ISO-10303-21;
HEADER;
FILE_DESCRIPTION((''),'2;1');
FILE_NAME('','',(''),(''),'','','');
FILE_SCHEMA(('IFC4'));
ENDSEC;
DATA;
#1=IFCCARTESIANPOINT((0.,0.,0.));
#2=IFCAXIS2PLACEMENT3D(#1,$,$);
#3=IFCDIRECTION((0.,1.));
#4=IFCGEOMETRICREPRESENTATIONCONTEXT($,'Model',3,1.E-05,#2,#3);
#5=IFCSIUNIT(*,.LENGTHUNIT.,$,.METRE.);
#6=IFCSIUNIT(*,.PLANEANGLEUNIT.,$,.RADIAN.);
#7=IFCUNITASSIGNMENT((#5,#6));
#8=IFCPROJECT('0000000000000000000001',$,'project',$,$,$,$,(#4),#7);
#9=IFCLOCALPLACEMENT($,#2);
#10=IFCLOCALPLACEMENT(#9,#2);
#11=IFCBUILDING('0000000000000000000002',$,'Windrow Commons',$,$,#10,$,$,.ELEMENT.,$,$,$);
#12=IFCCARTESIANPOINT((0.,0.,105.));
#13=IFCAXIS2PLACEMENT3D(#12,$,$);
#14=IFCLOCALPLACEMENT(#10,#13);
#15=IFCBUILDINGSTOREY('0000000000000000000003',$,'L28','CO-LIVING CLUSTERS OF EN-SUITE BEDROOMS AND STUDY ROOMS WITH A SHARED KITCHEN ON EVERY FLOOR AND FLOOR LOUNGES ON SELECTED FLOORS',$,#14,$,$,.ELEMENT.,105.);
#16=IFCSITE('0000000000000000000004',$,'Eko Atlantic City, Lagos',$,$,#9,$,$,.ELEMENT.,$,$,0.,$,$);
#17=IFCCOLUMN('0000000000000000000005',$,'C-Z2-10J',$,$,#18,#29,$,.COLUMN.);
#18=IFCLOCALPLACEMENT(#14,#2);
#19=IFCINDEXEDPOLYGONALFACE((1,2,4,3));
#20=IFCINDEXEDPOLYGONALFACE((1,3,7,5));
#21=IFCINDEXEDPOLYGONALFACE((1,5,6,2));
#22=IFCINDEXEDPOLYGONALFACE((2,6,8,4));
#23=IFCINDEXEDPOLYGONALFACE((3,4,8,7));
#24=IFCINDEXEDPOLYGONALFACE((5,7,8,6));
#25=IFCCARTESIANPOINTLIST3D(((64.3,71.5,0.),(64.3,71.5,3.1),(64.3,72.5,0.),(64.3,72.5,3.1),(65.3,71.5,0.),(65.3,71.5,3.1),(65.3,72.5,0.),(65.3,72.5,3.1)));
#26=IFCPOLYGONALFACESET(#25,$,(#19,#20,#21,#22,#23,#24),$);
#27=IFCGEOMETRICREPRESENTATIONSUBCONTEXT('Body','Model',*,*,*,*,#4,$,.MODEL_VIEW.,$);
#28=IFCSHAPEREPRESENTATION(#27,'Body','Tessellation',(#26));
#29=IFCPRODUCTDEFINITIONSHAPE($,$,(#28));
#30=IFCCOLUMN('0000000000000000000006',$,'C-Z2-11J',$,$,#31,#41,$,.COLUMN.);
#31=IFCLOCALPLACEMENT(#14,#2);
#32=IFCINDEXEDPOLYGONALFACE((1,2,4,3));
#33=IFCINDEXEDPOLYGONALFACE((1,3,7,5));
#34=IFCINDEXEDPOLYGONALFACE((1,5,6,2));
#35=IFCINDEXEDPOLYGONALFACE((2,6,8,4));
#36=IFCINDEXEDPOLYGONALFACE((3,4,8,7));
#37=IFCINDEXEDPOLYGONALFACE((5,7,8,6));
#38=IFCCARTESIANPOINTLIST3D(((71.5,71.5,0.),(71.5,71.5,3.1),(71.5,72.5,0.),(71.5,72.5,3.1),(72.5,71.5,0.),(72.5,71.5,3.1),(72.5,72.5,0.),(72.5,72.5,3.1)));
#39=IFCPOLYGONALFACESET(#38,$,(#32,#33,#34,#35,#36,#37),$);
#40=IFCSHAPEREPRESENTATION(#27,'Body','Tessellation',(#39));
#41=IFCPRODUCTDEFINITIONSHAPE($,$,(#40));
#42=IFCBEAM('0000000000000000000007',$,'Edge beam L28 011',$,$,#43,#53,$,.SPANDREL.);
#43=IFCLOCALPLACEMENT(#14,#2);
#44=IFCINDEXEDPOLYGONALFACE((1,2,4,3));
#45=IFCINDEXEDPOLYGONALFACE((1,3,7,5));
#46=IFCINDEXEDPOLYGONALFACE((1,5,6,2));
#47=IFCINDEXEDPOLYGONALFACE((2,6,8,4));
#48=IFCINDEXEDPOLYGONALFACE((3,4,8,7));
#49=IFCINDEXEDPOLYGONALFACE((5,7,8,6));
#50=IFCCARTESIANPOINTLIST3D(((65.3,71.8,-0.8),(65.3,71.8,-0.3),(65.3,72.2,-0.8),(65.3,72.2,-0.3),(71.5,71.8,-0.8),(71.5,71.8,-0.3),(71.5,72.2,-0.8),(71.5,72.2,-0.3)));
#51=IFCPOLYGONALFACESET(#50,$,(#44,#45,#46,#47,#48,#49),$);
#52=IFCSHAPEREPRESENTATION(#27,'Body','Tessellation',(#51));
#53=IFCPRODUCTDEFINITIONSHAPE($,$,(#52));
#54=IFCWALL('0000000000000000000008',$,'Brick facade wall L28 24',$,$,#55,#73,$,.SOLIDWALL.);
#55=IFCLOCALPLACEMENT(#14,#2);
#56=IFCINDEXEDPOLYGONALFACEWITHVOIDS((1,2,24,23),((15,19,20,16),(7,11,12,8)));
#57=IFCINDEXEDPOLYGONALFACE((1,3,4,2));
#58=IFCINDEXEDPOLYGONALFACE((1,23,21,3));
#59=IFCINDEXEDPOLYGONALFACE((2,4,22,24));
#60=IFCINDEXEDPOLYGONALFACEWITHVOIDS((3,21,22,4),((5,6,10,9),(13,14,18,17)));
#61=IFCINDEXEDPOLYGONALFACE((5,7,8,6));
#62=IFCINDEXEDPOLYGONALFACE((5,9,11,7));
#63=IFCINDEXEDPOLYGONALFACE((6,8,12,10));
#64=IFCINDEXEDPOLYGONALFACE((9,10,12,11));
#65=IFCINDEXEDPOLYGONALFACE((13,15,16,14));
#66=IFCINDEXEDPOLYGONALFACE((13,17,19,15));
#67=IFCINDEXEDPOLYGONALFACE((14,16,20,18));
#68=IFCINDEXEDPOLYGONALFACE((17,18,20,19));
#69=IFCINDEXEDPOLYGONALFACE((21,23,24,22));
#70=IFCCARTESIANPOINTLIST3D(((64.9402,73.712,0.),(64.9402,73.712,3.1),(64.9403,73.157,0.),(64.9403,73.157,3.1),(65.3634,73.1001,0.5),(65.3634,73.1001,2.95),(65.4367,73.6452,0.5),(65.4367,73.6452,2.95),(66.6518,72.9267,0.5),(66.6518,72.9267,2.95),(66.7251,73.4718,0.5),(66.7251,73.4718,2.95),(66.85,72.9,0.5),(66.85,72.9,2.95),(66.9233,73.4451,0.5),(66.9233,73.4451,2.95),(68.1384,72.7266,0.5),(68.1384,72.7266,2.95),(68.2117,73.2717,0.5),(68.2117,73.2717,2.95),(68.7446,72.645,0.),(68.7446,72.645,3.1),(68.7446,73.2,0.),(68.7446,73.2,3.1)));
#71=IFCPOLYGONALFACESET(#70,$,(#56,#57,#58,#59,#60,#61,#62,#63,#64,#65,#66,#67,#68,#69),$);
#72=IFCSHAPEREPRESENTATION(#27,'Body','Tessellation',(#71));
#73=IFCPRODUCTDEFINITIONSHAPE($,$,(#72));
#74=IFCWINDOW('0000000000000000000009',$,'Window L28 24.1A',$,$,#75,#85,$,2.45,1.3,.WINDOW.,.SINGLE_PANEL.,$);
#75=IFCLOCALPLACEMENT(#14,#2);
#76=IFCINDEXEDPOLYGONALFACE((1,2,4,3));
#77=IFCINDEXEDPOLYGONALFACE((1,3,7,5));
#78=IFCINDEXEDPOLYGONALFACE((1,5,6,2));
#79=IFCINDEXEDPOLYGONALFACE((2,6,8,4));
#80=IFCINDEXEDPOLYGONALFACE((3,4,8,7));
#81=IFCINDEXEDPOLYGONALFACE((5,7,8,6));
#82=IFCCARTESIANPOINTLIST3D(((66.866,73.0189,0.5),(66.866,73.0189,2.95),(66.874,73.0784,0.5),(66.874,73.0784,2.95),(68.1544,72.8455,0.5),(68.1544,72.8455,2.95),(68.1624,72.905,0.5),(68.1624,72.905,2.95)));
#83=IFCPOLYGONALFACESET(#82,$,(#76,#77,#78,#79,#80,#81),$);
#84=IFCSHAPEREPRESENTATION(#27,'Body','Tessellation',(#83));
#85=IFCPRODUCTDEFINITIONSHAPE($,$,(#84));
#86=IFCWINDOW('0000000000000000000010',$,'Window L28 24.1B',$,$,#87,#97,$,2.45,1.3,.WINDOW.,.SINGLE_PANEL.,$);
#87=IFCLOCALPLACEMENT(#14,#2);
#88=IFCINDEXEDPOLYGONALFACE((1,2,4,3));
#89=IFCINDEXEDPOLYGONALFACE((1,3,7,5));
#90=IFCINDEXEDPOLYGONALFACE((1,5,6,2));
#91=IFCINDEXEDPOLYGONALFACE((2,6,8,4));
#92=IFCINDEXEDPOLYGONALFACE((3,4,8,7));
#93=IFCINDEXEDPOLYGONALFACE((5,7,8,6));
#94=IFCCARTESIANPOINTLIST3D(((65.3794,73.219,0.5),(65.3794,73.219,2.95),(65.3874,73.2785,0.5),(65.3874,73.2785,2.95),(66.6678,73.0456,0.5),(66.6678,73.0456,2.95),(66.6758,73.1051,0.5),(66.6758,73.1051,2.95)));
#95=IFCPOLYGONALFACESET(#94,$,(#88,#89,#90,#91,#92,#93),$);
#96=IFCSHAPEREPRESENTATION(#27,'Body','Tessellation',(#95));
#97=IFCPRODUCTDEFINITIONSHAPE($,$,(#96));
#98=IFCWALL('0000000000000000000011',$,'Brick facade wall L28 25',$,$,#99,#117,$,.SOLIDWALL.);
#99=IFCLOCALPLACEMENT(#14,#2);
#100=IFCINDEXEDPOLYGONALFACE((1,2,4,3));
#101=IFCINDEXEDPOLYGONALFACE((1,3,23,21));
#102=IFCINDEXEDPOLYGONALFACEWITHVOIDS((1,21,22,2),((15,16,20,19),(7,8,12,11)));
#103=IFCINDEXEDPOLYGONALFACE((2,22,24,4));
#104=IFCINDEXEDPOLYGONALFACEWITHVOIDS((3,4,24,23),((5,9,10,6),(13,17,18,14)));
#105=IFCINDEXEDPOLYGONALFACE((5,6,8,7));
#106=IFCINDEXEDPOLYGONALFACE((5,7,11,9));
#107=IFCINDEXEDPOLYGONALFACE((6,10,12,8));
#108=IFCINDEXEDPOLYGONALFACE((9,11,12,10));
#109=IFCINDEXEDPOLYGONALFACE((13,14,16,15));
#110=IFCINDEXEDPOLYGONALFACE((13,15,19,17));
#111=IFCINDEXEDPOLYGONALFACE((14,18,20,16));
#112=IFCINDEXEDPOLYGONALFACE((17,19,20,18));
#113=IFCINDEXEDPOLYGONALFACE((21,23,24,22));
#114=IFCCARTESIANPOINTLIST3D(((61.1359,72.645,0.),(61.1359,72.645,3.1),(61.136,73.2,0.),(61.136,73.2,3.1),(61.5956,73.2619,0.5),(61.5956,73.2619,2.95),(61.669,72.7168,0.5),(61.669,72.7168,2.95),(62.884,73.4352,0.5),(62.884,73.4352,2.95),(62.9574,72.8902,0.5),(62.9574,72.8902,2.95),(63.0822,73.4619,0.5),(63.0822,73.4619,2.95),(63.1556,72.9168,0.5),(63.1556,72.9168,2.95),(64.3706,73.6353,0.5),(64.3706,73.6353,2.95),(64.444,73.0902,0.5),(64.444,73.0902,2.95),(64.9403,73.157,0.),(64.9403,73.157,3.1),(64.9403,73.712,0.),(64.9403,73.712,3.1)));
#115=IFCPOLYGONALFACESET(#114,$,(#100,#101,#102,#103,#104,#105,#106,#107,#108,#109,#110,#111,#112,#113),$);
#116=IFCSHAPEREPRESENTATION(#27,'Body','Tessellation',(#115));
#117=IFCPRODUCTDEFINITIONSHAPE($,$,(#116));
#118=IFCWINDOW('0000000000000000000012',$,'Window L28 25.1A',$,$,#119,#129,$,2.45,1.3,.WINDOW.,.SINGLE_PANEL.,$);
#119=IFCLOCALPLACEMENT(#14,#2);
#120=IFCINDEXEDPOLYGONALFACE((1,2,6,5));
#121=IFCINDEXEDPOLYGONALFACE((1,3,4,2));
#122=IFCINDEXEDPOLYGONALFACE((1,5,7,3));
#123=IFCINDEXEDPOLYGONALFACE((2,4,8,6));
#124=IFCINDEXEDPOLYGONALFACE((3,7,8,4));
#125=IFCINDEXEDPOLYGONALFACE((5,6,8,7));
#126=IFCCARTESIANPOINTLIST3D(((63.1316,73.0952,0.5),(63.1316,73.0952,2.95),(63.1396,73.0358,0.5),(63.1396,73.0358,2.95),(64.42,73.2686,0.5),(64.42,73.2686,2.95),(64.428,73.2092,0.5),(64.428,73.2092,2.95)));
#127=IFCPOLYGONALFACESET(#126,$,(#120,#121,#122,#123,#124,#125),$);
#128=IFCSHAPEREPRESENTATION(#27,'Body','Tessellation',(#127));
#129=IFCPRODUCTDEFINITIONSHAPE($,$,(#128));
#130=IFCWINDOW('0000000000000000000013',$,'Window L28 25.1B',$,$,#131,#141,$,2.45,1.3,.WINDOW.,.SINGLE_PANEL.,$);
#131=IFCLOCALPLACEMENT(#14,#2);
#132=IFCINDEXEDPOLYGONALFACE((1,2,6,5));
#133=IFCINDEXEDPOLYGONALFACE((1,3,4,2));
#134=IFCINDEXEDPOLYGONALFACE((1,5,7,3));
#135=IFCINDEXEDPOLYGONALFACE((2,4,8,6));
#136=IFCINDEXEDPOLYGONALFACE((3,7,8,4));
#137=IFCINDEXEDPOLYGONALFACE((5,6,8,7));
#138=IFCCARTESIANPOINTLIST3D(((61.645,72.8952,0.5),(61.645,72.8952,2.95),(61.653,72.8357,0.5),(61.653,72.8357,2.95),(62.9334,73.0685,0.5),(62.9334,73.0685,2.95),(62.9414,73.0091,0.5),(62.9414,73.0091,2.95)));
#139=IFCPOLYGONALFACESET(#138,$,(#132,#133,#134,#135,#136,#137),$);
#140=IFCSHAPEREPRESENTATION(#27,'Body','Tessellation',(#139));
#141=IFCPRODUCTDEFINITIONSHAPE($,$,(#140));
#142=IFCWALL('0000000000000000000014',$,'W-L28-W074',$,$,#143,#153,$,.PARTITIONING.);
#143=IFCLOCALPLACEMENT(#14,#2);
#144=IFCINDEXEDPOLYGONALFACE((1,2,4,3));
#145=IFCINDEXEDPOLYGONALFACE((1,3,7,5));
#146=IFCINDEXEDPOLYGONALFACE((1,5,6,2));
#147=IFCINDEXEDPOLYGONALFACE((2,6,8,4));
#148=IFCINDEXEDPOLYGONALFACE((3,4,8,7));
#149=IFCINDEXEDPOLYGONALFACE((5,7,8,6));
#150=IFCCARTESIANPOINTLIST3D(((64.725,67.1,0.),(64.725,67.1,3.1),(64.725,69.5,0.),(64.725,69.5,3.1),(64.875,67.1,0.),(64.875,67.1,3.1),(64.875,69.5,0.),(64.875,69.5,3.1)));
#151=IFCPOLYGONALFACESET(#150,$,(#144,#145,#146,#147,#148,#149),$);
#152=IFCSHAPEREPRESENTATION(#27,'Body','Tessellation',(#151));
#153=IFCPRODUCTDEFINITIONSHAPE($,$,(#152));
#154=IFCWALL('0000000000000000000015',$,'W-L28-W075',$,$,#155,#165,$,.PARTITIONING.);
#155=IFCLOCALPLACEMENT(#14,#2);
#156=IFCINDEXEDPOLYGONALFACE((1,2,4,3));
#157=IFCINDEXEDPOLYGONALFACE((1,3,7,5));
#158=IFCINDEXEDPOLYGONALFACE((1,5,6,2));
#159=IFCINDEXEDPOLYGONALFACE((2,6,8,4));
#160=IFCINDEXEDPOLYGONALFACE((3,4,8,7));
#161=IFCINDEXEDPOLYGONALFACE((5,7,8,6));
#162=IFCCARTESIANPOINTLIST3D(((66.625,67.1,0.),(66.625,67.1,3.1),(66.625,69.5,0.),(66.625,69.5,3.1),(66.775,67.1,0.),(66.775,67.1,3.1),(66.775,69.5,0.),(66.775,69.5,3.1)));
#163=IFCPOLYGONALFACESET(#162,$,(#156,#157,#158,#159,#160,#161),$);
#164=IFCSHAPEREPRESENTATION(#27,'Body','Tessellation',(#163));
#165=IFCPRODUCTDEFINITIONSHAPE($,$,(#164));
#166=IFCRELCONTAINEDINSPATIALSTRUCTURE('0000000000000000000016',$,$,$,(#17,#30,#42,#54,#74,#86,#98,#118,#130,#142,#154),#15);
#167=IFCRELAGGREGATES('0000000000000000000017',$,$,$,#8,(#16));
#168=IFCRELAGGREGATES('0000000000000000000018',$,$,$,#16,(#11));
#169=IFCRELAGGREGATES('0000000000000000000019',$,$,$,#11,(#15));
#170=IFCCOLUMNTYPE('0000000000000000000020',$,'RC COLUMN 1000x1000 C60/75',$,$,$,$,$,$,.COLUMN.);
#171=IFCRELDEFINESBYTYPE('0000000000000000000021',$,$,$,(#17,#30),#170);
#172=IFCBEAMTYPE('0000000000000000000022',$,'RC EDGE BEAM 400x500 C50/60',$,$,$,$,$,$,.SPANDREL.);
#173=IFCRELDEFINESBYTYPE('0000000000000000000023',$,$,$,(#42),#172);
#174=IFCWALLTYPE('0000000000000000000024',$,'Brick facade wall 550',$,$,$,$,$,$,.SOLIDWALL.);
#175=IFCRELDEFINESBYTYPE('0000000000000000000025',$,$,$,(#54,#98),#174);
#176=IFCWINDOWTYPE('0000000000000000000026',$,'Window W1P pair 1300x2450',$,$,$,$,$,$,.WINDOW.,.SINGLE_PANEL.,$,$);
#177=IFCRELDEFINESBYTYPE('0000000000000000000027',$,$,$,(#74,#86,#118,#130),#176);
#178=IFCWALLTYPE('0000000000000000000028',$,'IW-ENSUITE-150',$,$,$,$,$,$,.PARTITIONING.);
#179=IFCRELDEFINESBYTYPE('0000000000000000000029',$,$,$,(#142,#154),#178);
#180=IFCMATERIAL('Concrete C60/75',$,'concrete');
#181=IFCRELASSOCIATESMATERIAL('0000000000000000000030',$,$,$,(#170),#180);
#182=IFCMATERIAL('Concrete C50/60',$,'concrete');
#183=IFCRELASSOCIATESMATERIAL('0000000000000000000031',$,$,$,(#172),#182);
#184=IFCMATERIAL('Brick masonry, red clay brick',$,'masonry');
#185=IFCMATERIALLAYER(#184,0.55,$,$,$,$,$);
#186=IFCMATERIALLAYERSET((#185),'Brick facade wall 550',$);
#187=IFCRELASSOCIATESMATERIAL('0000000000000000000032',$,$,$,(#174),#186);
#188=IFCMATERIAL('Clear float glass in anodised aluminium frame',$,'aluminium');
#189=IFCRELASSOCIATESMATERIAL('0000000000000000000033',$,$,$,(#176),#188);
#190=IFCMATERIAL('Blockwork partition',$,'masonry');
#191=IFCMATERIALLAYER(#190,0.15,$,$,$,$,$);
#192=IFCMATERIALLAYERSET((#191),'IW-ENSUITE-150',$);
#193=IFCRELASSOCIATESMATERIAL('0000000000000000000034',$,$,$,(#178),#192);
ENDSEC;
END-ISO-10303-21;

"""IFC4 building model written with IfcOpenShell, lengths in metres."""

from ifc_helpers import new_model, si_unit, direction, frame, frame_2d, origin, origin_2d, place, context, subcontext, project, spatial, polyline, rectangle, outline, extrude, material, layer, layer_set, material_profile, profile_set, type_object, element, fill, save


model = new_model("IFC4")

# Units and contexts
model_context = context("Model", 3, precision=1e-05, world=origin(), true_north=direction((0.0, 1.0)))
body_context = subcontext(model_context, "Body", "Model", "MODEL_VIEW")
ifc_project = project(units=[si_unit("LENGTHUNIT", "METRE"), si_unit("PLANEANGLEUNIT", "RADIAN")], contexts=[model_context])

# Site, building, storey
site_placement = place(None, origin())
site = spatial("IfcSite", under=ifc_project, at=site_placement, Name="Eko Atlantic City, Lagos", CompositionType="ELEMENT", RefElevation=0.0)
building_placement = place(site_placement, origin())
building = spatial("IfcBuilding", under=site, at=building_placement, Name="Windrow Commons", CompositionType="ELEMENT")
storey_placement = place(building_placement, frame((0.0, 0.0, 105.0)))
storey = spatial("IfcBuildingStorey", under=building, at=storey_placement, Name="L28", Description="CO-LIVING CLUSTERS OF EN-SUITE BEDROOMS AND STUDY ROOMS WITH A SHARED KITCHEN ON EVERY FLOOR AND FLOOR LOUNGES ON SELECTED FLOORS", CompositionType="ELEMENT", Elevation=105.0)

# Columns
ifc_material_1 = material(Name="Concrete C60/75", Category="concrete")
ifc_material_profile_1 = material_profile(ifc_material_1, rectangle(XDim=1.0, YDim=1.0, at=origin_2d()))
ifc_profile_set_1 = profile_set([ifc_material_profile_1], Name="Concrete C60/75")
column_type = type_object("IfcColumnType", Name="RC COLUMN 1000x1000 C60/75", PredefinedType="COLUMN", material=ifc_profile_set_1)
for number, where, z_axis, x_axis, name in (
    (1, (64.8, 72.0, 0.0), (0.0, 0.0, 1.0), (1.0, 0.0, 0.0), "C-Z2-10J"),
    (2, (72.0, 72.0, 0.0), (0.0, 0.0, 1.0), (1.0, 0.0, 0.0), "C-Z2-11J"),
):
    element("IfcColumn", number, at=place(storey_placement, frame(where, z_axis=z_axis, x_axis=x_axis)), inside=storey, type_object=column_type, Name=name, PredefinedType="COLUMN", context=body_context, shape_type="SweptSolid", body=[
        extrude(rectangle(XDim=1.0, YDim=1.0, at=origin_2d()), origin(), (0.0, 0.0, 1.0), 3.1),
    ])

# Beam
ifc_material_2 = material(Name="Concrete C50/60", Category="concrete")
ifc_material_profile_2 = material_profile(ifc_material_2, rectangle(XDim=0.4, YDim=0.5, at=origin_2d()))
ifc_profile_set_2 = profile_set([ifc_material_profile_2], Name="Concrete C50/60")
beam_type = type_object("IfcBeamType", Name="RC EDGE BEAM 400x500 C50/60", PredefinedType="SPANDREL", material=ifc_profile_set_2)
beam_placement = place(storey_placement, frame((65.3, 72.0, -0.55), z_axis=(1.0, 0.0, 0.0), x_axis=(0.0, 1.0, 0.0)))
element("IfcBeam", 3, at=beam_placement, inside=storey, type_object=beam_type, Name="Edge beam L28 011", PredefinedType="SPANDREL", context=body_context, shape_type="SweptSolid", body=[
    extrude(rectangle(XDim=0.4, YDim=0.5, at=origin_2d()), origin(), (0.0, 0.0, 1.0), 6.2),
])

# Walls, openings, windows
ifc_material_3 = material(Name="Brick masonry, red clay brick", Category="masonry")
ifc_layer_1 = layer(ifc_material_3, 0.55)
ifc_layer_set_1 = layer_set([ifc_layer_1], Name="Brick facade wall 550")
wall_type_1 = type_object("IfcWallType", Name="Brick facade wall 550", PredefinedType="SOLIDWALL", material=ifc_layer_set_1)
wall_1_placement = place(storey_placement, frame((68.7446, 72.9225, 0.0), z_axis=(0.0, 0.0, 1.0), x_axis=(-0.991065, 0.133382, 0.0)))
wall_1 = element("IfcWall", 4, at=wall_1_placement, inside=storey, type_object=wall_type_1, Name="Brick facade wall L28 24", PredefinedType="SOLIDWALL", context=body_context, shape_type="SweptSolid", body=[
    extrude(outline(polyline([(0.037, -0.275), (3.8757, -0.275), (3.8016, 0.275), (-0.037, 0.275), (0.037, -0.275)])), origin(), (0.0, 0.0, 1.0), 3.1),
])
opening_1_placement = place(wall_1_placement, frame((0.5747, 0.0, 0.5)))
opening_1 = element("IfcOpeningElement", 5, at=opening_1_placement, cuts=wall_1, PredefinedType="OPENING", context=body_context, shape_type="SweptSolid", body=[
    extrude(rectangle(XDim=1.3, YDim=2.45, at=frame_2d((0.65, 1.225))), frame((0.0, 0.285, 0.0), z_axis=(0.0, -1.0, 0.0), x_axis=(1.0, 0.0, 0.0)), (0.0, 0.0, 1.0), 0.57),
])
opening_2_placement = place(wall_1_placement, frame((2.0747, 0.0, 0.5)))
opening_2 = element("IfcOpeningElement", 6, at=opening_2_placement, cuts=wall_1, PredefinedType="OPENING", context=body_context, shape_type="SweptSolid", body=[
    extrude(rectangle(XDim=1.3, YDim=2.45, at=frame_2d((0.65, 1.225))), frame((0.0, 0.285, 0.0), z_axis=(0.0, -1.0, 0.0), x_axis=(1.0, 0.0, 0.0)), (0.0, 0.0, 1.0), 0.57),
])
ifc_material_4 = material(Name="Clear float glass in anodised aluminium frame", Category="aluminium")
window_type = type_object("IfcWindowType", Name="Window W1P pair 1300x2450", PartitioningType="SINGLE_PANEL", PredefinedType="WINDOW", material=ifc_material_4)
window_1_placement = place(opening_1_placement, origin())
window_1 = element("IfcWindow", 7, at=window_1_placement, inside=storey, type_object=window_type, Name="Window L28 24.1A", OverallHeight=2.45, OverallWidth=1.3, PartitioningType="SINGLE_PANEL", PredefinedType="WINDOW", context=body_context, shape_type="SweptSolid", body=[
    extrude(rectangle(XDim=1.3, YDim=2.45, at=frame_2d((0.65, 1.225))), frame((0.0, 0.155, 0.0), z_axis=(0.0, -1.0, 0.0), x_axis=(1.0, 0.0, 0.0)), (0.0, 0.0, 1.0), 0.06),
])
fill(opening_1, window_1)
window_2_placement = place(opening_2_placement, origin())
window_2 = element("IfcWindow", 8, at=window_2_placement, inside=storey, type_object=window_type, Name="Window L28 24.1B", OverallHeight=2.45, OverallWidth=1.3, PartitioningType="SINGLE_PANEL", PredefinedType="WINDOW", context=body_context, shape_type="SweptSolid", body=[
    extrude(rectangle(XDim=1.3, YDim=2.45, at=frame_2d((0.65, 1.225))), frame((0.0, 0.155, 0.0), z_axis=(0.0, -1.0, 0.0), x_axis=(1.0, 0.0, 0.0)), (0.0, 0.0, 1.0), 0.06),
])
fill(opening_2, window_2)
wall_2_placement = place(storey_placement, frame((64.9403, 73.4345, 0.0), z_axis=(0.0, 0.0, 1.0), x_axis=(-0.991065, -0.133379, 0.0)))
wall_2 = element("IfcWall", 9, at=wall_2_placement, inside=storey, type_object=wall_type_1, Name="Brick facade wall L28 25", PredefinedType="SOLIDWALL", context=body_context, shape_type="SweptSolid", body=[
    extrude(outline(polyline([(-0.037, -0.275), (3.8016, -0.275), (3.8757, 0.275), (0.037, 0.275), (-0.037, -0.275)])), origin(), (0.0, 0.0, 1.0), 3.1),
])
opening_3_placement = place(wall_2_placement, frame((0.5378, 0.0, 0.5)))
opening_3 = element("IfcOpeningElement", 10, at=opening_3_placement, cuts=wall_2, PredefinedType="OPENING", context=body_context, shape_type="SweptSolid", body=[
    extrude(rectangle(XDim=1.3, YDim=2.45, at=frame_2d((0.65, 1.225))), frame((0.0, 0.285, 0.0), z_axis=(0.0, -1.0, 0.0), x_axis=(1.0, 0.0, 0.0)), (0.0, 0.0, 1.0), 0.57),
])
opening_4_placement = place(wall_2_placement, frame((2.0378, 0.0, 0.5)))
opening_4 = element("IfcOpeningElement", 11, at=opening_4_placement, cuts=wall_2, PredefinedType="OPENING", context=body_context, shape_type="SweptSolid", body=[
    extrude(rectangle(XDim=1.3, YDim=2.45, at=frame_2d((0.65, 1.225))), frame((0.0, 0.285, 0.0), z_axis=(0.0, -1.0, 0.0), x_axis=(1.0, 0.0, 0.0)), (0.0, 0.0, 1.0), 0.57),
])
window_3_placement = place(opening_3_placement, origin())
window_3 = element("IfcWindow", 12, at=window_3_placement, inside=storey, type_object=window_type, Name="Window L28 25.1A", OverallHeight=2.45, OverallWidth=1.3, PartitioningType="SINGLE_PANEL", PredefinedType="WINDOW", context=body_context, shape_type="SweptSolid", body=[
    extrude(rectangle(XDim=1.3, YDim=2.45, at=frame_2d((0.65, 1.225))), frame((0.0, 0.155, 0.0), z_axis=(0.0, -1.0, 0.0), x_axis=(1.0, 0.0, 0.0)), (0.0, 0.0, 1.0), 0.06),
])
fill(opening_3, window_3)
window_4_placement = place(opening_4_placement, origin())
window_4 = element("IfcWindow", 13, at=window_4_placement, inside=storey, type_object=window_type, Name="Window L28 25.1B", OverallHeight=2.45, OverallWidth=1.3, PartitioningType="SINGLE_PANEL", PredefinedType="WINDOW", context=body_context, shape_type="SweptSolid", body=[
    extrude(rectangle(XDim=1.3, YDim=2.45, at=frame_2d((0.65, 1.225))), frame((0.0, 0.155, 0.0), z_axis=(0.0, -1.0, 0.0), x_axis=(1.0, 0.0, 0.0)), (0.0, 0.0, 1.0), 0.06),
])
fill(opening_4, window_4)

# Walls
ifc_material_5 = material(Name="Blockwork partition", Category="masonry")
ifc_layer_2 = layer(ifc_material_5, 0.15)
ifc_layer_set_2 = layer_set([ifc_layer_2], Name="IW-ENSUITE-150")
wall_type_2 = type_object("IfcWallType", Name="IW-ENSUITE-150", PredefinedType="PARTITIONING", material=ifc_layer_set_2)
for number, where, z_axis, x_axis, name in (
    (14, (64.8, 67.1, 0.0), (0.0, 0.0, 1.0), (0.0, 1.0, 0.0), "W-L28-W074"),
    (15, (66.7, 67.1, 0.0), (0.0, 0.0, 1.0), (0.0, 1.0, 0.0), "W-L28-W075"),
):
    element("IfcWall", number, at=place(storey_placement, frame(where, z_axis=z_axis, x_axis=x_axis)), inside=storey, type_object=wall_type_2, Name=name, PredefinedType="PARTITIONING", context=body_context, shape_type="SweptSolid", body=[
        extrude(rectangle(XDim=2.4, YDim=0.15, at=frame_2d((1.2, 0.0))), origin(), (0.0, 0.0, 1.0), 3.1),
    ])

save(model, "model.ifc")
